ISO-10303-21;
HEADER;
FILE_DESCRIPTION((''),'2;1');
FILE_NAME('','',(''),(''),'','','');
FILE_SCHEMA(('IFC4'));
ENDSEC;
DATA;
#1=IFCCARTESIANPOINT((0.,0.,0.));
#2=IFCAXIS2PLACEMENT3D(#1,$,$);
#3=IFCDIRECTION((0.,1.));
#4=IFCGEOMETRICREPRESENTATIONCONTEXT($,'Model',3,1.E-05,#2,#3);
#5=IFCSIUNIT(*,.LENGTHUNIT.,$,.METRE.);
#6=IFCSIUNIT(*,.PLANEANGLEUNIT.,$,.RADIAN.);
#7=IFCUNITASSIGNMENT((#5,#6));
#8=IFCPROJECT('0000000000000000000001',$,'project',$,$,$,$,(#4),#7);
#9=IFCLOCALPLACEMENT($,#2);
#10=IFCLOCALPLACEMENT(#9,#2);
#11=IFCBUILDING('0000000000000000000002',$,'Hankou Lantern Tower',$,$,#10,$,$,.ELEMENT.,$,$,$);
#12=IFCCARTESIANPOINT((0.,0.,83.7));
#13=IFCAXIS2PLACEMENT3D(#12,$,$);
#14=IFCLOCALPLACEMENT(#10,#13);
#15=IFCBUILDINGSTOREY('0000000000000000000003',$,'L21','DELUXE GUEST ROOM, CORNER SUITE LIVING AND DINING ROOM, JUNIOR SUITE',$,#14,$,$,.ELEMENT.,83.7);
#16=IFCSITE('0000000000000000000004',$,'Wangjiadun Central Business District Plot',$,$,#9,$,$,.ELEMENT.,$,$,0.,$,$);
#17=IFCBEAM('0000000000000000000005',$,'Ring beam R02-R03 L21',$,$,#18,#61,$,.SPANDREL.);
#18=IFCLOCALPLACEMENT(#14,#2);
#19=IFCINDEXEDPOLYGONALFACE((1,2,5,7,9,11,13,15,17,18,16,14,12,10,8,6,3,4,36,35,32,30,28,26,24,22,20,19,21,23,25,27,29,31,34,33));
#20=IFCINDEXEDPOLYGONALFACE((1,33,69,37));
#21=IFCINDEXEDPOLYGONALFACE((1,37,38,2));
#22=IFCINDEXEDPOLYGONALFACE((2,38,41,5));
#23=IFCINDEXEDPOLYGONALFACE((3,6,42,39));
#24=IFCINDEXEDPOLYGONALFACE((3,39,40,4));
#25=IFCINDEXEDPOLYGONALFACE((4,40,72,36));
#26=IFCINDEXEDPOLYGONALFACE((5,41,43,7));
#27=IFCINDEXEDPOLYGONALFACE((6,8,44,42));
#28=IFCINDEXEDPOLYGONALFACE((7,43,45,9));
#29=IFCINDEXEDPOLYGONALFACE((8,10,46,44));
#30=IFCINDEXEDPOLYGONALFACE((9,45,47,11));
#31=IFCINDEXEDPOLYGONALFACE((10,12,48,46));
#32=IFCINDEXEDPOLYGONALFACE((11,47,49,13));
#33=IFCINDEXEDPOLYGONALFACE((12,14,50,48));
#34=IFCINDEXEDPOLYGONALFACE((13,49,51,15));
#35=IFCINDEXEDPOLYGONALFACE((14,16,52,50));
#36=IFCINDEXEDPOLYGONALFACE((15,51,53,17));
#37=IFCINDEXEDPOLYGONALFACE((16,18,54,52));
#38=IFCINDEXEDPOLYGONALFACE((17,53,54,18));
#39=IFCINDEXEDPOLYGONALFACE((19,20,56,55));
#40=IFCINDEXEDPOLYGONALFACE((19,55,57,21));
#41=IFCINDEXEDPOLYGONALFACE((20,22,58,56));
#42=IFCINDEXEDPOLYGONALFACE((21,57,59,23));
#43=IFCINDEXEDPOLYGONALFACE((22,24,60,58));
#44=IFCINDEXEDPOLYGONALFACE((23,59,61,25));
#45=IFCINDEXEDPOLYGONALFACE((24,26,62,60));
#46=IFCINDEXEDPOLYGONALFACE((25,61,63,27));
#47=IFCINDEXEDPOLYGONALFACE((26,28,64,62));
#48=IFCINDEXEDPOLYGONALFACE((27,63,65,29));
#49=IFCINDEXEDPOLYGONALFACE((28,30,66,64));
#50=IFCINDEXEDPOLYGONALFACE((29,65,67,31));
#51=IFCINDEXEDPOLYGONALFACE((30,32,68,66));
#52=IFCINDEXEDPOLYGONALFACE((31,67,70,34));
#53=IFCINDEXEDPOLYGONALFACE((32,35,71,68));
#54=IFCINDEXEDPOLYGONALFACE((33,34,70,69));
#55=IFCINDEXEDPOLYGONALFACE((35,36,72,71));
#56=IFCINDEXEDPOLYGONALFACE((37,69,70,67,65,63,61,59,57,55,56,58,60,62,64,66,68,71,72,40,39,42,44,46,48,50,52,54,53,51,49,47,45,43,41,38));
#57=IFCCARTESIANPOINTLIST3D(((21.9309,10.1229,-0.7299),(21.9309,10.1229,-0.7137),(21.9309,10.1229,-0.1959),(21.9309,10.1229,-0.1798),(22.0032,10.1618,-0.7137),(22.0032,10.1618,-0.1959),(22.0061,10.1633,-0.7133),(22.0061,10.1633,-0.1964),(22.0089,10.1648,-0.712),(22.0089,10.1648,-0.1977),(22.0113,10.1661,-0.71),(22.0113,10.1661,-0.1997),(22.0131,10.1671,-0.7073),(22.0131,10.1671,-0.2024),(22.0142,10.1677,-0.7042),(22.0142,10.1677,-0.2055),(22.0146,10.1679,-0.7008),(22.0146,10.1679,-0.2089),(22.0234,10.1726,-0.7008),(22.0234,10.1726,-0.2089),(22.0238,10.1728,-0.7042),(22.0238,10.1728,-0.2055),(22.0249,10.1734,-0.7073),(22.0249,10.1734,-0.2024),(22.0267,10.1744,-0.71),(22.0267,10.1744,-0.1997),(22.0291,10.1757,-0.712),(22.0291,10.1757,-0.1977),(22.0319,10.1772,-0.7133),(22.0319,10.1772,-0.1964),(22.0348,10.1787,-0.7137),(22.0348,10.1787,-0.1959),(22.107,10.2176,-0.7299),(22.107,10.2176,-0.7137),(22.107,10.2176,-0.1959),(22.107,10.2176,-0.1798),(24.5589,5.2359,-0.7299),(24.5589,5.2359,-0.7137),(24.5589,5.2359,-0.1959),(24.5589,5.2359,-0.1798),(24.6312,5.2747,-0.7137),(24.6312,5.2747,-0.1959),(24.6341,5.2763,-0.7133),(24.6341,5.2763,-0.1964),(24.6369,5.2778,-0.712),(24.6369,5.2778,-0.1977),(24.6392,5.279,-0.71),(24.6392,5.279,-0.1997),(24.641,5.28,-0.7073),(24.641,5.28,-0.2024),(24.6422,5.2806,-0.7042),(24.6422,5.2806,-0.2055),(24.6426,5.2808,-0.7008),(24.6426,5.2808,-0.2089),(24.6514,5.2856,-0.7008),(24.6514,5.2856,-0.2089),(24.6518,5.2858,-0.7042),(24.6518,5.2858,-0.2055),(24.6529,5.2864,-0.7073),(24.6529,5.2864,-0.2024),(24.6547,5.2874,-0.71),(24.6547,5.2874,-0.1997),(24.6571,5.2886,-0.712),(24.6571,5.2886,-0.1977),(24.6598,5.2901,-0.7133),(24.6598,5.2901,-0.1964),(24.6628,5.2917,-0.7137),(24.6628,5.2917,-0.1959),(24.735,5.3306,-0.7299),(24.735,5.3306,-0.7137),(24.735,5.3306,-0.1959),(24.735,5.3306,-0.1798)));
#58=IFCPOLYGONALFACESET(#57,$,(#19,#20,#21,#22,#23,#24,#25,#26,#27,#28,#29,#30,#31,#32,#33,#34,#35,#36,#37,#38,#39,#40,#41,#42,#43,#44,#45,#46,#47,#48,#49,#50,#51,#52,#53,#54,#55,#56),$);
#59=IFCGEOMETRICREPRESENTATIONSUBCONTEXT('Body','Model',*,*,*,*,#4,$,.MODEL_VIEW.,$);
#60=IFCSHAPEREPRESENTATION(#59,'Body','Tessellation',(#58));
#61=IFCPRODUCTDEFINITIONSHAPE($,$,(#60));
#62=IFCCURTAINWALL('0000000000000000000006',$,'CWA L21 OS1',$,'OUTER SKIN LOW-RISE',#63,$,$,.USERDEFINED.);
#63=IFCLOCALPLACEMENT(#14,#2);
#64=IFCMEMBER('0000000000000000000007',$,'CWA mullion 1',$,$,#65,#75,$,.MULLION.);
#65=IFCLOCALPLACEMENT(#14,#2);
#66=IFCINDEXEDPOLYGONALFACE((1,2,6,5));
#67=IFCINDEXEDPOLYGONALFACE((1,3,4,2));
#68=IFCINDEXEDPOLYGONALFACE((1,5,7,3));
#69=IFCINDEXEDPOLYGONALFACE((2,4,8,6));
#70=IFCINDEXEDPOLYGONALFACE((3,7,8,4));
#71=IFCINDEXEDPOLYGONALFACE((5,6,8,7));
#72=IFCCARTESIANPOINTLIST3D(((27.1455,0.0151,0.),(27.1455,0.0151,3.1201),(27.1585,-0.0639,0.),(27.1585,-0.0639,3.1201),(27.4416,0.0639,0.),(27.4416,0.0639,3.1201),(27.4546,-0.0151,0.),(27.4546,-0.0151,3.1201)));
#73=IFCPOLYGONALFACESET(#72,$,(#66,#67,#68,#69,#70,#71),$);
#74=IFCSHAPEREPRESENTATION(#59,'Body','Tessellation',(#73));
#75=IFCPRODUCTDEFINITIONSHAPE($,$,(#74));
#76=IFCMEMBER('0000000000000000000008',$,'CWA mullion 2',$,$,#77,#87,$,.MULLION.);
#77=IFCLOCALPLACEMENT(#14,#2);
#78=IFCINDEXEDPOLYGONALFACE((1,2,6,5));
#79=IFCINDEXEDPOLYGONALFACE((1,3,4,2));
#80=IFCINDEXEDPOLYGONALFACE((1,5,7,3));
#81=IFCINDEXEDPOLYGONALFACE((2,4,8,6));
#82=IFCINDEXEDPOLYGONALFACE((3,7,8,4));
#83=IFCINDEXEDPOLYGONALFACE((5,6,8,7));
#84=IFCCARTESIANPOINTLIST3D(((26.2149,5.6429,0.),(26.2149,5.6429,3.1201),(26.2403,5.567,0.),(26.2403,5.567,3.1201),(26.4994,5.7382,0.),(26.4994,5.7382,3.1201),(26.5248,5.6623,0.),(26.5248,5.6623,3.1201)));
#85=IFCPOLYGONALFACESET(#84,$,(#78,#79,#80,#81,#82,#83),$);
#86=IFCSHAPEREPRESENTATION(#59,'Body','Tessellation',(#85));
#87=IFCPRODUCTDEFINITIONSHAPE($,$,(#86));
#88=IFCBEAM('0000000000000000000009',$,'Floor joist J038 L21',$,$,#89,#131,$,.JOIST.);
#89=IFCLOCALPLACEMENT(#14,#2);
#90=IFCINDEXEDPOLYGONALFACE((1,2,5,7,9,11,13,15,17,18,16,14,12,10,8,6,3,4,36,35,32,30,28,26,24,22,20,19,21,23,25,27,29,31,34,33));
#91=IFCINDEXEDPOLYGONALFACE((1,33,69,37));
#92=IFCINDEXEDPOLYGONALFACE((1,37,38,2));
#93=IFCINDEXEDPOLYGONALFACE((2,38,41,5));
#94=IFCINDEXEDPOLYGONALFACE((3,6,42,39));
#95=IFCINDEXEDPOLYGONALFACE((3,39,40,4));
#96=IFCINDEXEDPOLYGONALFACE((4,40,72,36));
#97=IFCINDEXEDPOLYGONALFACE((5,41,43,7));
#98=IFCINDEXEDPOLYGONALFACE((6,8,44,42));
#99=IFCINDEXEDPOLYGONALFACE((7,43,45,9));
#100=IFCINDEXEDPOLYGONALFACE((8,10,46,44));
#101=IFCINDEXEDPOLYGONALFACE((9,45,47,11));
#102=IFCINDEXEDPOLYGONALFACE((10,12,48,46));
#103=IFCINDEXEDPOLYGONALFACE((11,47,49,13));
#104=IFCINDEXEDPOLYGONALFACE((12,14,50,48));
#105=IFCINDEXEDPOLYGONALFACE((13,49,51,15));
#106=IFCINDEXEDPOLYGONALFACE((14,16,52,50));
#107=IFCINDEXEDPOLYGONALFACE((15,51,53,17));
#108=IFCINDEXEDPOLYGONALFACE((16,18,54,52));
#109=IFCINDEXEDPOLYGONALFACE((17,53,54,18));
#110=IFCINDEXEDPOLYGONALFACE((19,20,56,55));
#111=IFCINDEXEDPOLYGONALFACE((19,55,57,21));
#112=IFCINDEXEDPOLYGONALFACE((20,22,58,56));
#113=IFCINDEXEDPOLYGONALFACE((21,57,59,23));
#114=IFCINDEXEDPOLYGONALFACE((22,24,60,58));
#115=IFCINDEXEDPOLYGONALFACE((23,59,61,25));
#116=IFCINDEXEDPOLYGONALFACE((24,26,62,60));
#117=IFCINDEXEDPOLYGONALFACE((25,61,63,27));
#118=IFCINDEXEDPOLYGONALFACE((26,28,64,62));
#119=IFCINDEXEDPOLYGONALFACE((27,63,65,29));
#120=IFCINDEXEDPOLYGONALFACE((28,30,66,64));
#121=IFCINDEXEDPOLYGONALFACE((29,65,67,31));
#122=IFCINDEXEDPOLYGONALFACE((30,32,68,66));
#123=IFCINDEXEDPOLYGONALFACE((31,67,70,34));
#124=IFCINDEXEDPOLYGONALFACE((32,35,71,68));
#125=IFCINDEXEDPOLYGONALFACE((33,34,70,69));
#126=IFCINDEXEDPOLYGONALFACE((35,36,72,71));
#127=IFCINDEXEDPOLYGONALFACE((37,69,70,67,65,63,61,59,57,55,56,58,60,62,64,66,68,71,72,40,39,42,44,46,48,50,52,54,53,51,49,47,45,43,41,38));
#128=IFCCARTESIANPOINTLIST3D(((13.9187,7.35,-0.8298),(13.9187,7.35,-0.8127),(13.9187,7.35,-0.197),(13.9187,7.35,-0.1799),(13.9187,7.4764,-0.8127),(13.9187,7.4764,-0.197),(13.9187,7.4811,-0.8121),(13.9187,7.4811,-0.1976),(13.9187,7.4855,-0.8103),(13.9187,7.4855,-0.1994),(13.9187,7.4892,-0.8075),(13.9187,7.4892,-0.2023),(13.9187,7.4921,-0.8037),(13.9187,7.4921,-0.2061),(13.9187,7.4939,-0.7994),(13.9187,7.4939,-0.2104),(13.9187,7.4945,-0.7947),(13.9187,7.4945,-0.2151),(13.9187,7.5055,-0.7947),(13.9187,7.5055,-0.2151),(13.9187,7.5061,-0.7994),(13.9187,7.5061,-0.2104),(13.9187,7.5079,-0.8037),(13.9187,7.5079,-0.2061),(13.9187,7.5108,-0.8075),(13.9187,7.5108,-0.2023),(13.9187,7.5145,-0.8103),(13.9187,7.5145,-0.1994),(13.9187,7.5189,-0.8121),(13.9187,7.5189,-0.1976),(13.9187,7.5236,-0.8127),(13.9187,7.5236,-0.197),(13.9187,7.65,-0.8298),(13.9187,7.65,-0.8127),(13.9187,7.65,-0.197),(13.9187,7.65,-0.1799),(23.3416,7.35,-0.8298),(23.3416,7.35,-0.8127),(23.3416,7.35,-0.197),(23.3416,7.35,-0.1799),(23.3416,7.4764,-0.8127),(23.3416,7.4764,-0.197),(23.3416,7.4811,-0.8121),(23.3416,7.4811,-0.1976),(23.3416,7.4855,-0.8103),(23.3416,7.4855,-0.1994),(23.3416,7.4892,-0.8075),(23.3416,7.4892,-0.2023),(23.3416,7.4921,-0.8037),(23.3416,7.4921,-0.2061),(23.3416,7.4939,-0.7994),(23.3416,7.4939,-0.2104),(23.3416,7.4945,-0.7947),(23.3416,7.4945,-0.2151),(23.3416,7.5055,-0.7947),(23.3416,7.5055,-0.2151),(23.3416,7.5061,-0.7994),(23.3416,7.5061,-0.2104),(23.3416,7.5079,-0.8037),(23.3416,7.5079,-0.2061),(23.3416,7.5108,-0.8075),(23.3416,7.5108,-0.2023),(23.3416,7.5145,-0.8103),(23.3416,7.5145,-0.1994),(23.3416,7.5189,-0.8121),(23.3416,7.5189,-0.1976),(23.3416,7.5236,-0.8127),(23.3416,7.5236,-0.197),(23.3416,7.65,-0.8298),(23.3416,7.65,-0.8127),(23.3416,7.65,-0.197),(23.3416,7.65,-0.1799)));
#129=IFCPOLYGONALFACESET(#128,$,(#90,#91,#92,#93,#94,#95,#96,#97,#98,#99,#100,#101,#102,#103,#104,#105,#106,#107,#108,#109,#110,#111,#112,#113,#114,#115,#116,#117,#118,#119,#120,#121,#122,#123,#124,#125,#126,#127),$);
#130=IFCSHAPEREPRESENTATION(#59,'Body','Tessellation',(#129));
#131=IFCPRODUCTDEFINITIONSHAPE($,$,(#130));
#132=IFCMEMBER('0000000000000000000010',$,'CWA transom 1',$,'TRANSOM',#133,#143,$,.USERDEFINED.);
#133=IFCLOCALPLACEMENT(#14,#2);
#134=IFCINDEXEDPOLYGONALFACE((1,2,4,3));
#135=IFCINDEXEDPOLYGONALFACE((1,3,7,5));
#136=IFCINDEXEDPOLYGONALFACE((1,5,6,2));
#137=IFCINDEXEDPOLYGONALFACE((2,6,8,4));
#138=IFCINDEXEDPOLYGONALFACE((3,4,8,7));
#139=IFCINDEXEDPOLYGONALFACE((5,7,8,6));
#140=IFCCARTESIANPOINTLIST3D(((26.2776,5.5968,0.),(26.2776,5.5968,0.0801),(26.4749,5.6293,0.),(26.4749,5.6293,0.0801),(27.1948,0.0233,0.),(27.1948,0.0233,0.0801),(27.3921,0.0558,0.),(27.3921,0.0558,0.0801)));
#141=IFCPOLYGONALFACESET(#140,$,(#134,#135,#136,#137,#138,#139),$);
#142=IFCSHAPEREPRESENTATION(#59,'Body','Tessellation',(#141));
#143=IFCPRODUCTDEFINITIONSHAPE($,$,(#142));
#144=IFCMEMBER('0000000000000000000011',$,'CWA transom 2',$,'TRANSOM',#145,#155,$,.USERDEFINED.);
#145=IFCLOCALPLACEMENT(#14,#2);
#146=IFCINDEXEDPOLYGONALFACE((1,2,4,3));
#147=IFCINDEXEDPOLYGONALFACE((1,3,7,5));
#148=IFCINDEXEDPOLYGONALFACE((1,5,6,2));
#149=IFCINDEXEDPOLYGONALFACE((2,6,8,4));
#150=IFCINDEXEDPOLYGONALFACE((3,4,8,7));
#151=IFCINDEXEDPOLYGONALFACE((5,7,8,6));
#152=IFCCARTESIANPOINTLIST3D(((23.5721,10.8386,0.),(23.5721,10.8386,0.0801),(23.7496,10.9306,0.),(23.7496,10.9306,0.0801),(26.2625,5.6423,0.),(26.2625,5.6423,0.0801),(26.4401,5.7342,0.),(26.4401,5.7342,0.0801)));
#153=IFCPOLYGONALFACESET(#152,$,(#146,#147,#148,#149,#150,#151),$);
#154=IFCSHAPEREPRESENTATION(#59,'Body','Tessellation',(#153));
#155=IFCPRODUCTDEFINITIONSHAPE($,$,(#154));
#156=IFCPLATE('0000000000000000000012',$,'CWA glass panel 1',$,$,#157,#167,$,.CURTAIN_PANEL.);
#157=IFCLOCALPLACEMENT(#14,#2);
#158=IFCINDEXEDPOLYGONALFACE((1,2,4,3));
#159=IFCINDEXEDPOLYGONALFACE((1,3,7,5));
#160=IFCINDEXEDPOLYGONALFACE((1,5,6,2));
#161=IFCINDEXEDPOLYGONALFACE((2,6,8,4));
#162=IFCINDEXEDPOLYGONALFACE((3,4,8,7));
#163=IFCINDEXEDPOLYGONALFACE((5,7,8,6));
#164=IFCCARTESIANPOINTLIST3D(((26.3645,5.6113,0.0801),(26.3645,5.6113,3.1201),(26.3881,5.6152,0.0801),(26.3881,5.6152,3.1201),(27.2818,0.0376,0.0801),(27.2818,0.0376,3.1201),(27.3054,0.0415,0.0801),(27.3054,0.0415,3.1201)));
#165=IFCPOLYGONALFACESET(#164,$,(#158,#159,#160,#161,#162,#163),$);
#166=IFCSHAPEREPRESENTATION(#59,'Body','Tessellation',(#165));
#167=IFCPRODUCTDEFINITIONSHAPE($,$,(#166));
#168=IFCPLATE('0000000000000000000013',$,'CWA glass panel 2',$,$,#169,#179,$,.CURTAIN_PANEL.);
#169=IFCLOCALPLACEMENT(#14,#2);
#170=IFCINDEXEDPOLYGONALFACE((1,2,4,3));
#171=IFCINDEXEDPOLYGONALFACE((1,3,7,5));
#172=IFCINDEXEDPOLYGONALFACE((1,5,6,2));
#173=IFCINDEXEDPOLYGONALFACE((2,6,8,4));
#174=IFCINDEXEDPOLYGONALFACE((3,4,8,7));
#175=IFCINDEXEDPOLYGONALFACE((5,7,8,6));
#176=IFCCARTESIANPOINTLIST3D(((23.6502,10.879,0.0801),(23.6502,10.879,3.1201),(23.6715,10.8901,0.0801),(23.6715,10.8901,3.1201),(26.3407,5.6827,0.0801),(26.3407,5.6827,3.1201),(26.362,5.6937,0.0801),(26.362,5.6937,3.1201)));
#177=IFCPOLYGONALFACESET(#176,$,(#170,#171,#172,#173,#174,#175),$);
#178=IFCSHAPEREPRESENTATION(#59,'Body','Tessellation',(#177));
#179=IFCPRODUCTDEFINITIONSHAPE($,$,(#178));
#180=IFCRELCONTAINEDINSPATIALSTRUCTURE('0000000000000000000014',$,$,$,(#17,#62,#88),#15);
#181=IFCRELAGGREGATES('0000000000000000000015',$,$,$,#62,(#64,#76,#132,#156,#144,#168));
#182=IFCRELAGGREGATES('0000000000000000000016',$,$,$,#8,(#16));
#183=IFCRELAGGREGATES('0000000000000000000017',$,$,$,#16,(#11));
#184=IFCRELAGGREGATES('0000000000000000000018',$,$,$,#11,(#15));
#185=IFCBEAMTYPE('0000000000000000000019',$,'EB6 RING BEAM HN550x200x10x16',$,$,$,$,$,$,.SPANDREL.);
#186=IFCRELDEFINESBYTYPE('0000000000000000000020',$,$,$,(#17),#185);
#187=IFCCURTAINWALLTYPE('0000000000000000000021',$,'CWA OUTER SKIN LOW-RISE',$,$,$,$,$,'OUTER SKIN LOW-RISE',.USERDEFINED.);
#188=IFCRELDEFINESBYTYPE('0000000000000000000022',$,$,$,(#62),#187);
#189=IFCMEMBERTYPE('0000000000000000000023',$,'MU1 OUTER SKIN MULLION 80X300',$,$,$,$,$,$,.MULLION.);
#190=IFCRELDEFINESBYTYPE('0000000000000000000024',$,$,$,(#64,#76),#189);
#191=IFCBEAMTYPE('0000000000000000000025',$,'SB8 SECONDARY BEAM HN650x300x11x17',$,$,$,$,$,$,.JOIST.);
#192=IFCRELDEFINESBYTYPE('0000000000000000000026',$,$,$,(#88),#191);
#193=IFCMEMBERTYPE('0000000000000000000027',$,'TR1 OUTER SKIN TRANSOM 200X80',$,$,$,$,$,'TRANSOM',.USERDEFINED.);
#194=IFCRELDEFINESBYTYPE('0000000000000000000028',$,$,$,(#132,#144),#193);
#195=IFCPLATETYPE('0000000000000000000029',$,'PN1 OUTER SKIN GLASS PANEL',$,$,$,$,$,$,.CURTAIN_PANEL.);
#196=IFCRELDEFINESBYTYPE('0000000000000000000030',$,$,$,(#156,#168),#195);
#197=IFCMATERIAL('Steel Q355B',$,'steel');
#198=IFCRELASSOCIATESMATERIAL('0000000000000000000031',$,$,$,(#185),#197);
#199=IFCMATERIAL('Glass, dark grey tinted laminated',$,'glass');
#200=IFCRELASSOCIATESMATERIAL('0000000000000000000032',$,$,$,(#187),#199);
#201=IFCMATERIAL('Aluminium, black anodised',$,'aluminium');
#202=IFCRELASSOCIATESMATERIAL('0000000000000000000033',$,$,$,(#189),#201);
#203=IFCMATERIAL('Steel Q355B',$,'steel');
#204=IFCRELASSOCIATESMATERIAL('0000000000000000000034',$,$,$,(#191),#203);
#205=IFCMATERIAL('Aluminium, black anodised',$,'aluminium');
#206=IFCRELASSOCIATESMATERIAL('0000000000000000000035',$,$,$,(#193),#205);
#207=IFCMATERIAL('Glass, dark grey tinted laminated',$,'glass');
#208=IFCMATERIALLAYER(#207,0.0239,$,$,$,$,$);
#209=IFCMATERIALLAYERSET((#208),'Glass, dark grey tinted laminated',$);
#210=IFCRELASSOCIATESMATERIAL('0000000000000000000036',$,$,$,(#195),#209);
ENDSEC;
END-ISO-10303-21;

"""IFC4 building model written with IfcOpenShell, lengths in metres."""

from ifc_helpers import new_model, si_unit, direction, frame, origin, origin_2d, place, context, subcontext, project, spatial, rectangle, i_section, extrude, material, layer, layer_set, material_profile, profile_set, type_object, element, aggregate, save


model = new_model("IFC4")

# Units and contexts
model_context = context("Model", 3, precision=1e-05, world=origin(), true_north=direction((0.0, 1.0)))
body_context = subcontext(model_context, "Body", "Model", "MODEL_VIEW")
ifc_project = project(units=[si_unit("LENGTHUNIT", "METRE"), si_unit("PLANEANGLEUNIT", "RADIAN")], contexts=[model_context])

# Site, building, storey
site_placement = place(None, origin())
site = spatial("IfcSite", under=ifc_project, at=site_placement, Name="Wangjiadun Central Business District Plot", CompositionType="ELEMENT", RefElevation=0.0)
building_placement = place(site_placement, origin())
building = spatial("IfcBuilding", under=site, at=building_placement, Name="Hankou Lantern Tower", CompositionType="ELEMENT")
storey_placement = place(building_placement, frame((0.0, 0.0, 83.7)))
storey = spatial("IfcBuildingStorey", under=building, at=storey_placement, Name="L21", Description="DELUXE GUEST ROOM, CORNER SUITE LIVING AND DINING ROOM, JUNIOR SUITE", CompositionType="ELEMENT", Elevation=83.7)

# Beam
ifc_material_1 = material(Name="Steel Q355B", Category="steel")
ifc_material_profile_1 = material_profile(ifc_material_1, i_section(OverallWidth=0.2, OverallDepth=0.55, WebThickness=0.01, FlangeThickness=0.0161, FilletRadius=0.0129, at=origin_2d()), Name="HN550x200x10x16")
ifc_profile_set_1 = profile_set([ifc_material_profile_1], Name="Steel Q355B")
beam_type_1 = type_object("IfcBeamType", Name="EB6 RING BEAM HN550x200x10x16", PredefinedType="SPANDREL", material=ifc_profile_set_1)
beam_1_placement = place(storey_placement, frame((24.647, 5.2832, -0.4548), z_axis=(-0.473609, 0.880735, 0.0), x_axis=(-0.880735, -0.473609, 0.0)))
element("IfcBeam", 1, at=beam_1_placement, inside=storey, type_object=beam_type_1, Name="Ring beam R02-R03 L21", PredefinedType="SPANDREL", context=body_context, shape_type="SweptSolid", body=[
    extrude(i_section(OverallWidth=0.2, OverallDepth=0.55, WebThickness=0.01, FlangeThickness=0.0161, FilletRadius=0.0129, at=origin_2d()), origin(), (0.0, 0.0, 1.0), 5.5488),
])

# Curtain wall, members
ifc_material_2 = material(Name="Glass, dark grey tinted laminated", Category="glass")
curtain_wall_type = type_object("IfcCurtainWallType", Name="CWA OUTER SKIN LOW-RISE", ElementType="OUTER SKIN LOW-RISE", PredefinedType="USERDEFINED", material=ifc_material_2)
curtain_wall_placement = place(storey_placement, origin())
curtain_wall = element("IfcCurtainWall", 2, at=curtain_wall_placement, inside=storey, type_object=curtain_wall_type, Name="CWA L21 OS1", ObjectType="OUTER SKIN LOW-RISE", PredefinedType="USERDEFINED")
ifc_material_3 = material(Name="Aluminium, black anodised", Category="aluminium")
ifc_material_profile_2 = material_profile(ifc_material_3, rectangle(XDim=0.0801, YDim=0.3, at=origin_2d()), Name="MU1 80X300")
ifc_profile_set_2 = profile_set([ifc_material_profile_2], Name="Aluminium, black anodised")
member_type_1 = type_object("IfcMemberType", Name="MU1 OUTER SKIN MULLION 80X300", PredefinedType="MULLION", material=ifc_profile_set_2)
member_1_placement = place(storey_placement, frame((27.3, 0.0, 0.0), z_axis=(0.0, 0.0, 1.0), x_axis=(-0.162382, 0.986728, 0.0)))
member_1 = element("IfcMember", 3, at=member_1_placement, type_object=member_type_1, Name="CWA mullion 1", PredefinedType="MULLION", context=body_context, shape_type="SweptSolid", body=[
    extrude(rectangle(XDim=0.0801, YDim=0.3, at=origin_2d()), origin(), (0.0, 0.0, 1.0), 3.1201),
])
member_2_placement = place(storey_placement, frame((26.3699, 5.6526, 0.0), z_axis=(0.0, 0.0, 1.0), x_axis=(-0.317596, 0.948226, 0.0)))
member_2 = element("IfcMember", 4, at=member_2_placement, type_object=member_type_1, Name="CWA mullion 2", PredefinedType="MULLION", context=body_context, shape_type="SweptSolid", body=[
    extrude(rectangle(XDim=0.0801, YDim=0.3, at=origin_2d()), origin(), (0.0, 0.0, 1.0), 3.1201),
])

# Beam
ifc_material_4 = material(Name="Steel Q355B", Category="steel")
ifc_material_profile_3 = material_profile(ifc_material_4, i_section(OverallWidth=0.3, OverallDepth=0.6499, WebThickness=0.011, FlangeThickness=0.0171, FilletRadius=0.0181, at=origin_2d()), Name="HN650x300x11x17")
ifc_profile_set_3 = profile_set([ifc_material_profile_3], Name="Steel Q355B")
beam_type_2 = type_object("IfcBeamType", Name="SB8 SECONDARY BEAM HN650x300x11x17", PredefinedType="JOIST", material=ifc_profile_set_3)
beam_2_placement = place(storey_placement, frame((13.9187, 7.5, -0.5049), z_axis=(1.0, 0.0, 0.0), x_axis=(0.0, 1.0, 0.0)))
element("IfcBeam", 5, at=beam_2_placement, inside=storey, type_object=beam_type_2, Name="Floor joist J038 L21", PredefinedType="JOIST", context=body_context, shape_type="SweptSolid", body=[
    extrude(i_section(OverallWidth=0.3, OverallDepth=0.6499, WebThickness=0.011, FlangeThickness=0.0171, FilletRadius=0.0181, at=origin_2d()), origin(), (0.0, 0.0, 1.0), 9.4229),
])

# Members
ifc_material_5 = material(Name="Aluminium, black anodised", Category="aluminium")
ifc_material_profile_4 = material_profile(ifc_material_5, rectangle(XDim=0.2, YDim=0.0801, at=origin_2d()), Name="TR1 200X80")
ifc_profile_set_4 = profile_set([ifc_material_profile_4], Name="Aluminium, black anodised")
member_type_2 = type_object("IfcMemberType", Name="TR1 OUTER SKIN TRANSOM 200X80", ElementType="TRANSOM", PredefinedType="USERDEFINED", material=ifc_profile_set_4)
member_3_placement = place(storey_placement, frame((27.2935, 0.0396, 0.04), z_axis=(-0.162387, 0.986727, 0.0), x_axis=(-0.986727, -0.162387, 0.0)))
member_3 = element("IfcMember", 6, at=member_3_placement, type_object=member_type_2, Name="CWA transom 1", ObjectType="TRANSOM", PredefinedType="USERDEFINED", context=body_context, shape_type="SweptSolid", body=[
    extrude(rectangle(XDim=0.2, YDim=0.0801, at=origin_2d()), origin(), (0.0, 0.0, 1.0), 5.6484),
])
member_4_placement = place(storey_placement, frame((26.3513, 5.6882, 0.04), z_axis=(-0.459786, 0.88803, 0.0), x_axis=(-0.88803, -0.459786, 0.0)))
member_4 = element("IfcMember", 7, at=member_4_placement, type_object=member_type_2, Name="CWA transom 2", ObjectType="TRANSOM", PredefinedType="USERDEFINED", context=body_context, shape_type="SweptSolid", body=[
    extrude(rectangle(XDim=0.2, YDim=0.0801, at=origin_2d()), origin(), (0.0, 0.0, 1.0), 5.8516),
])

# Plates
ifc_material_6 = material(Name="Glass, dark grey tinted laminated", Category="glass")
ifc_layer_1 = layer(ifc_material_6, 0.0239)
ifc_layer_set_1 = layer_set([ifc_layer_1], Name="Glass, dark grey tinted laminated")
plate_type = type_object("IfcPlateType", Name="PN1 OUTER SKIN GLASS PANEL", PredefinedType="CURTAIN_PANEL", material=ifc_layer_set_1)
plate_1_placement = place(storey_placement, frame((26.835, 2.8264, 0.0801), z_axis=(0.0, 0.0, 1.0), x_axis=(-0.162382, 0.986728, 0.0)))
plate_1 = element("IfcPlate", 8, at=plate_1_placement, type_object=plate_type, Name="CWA glass panel 1", PredefinedType="CURTAIN_PANEL", context=body_context, shape_type="SweptSolid", body=[
    extrude(rectangle(XDim=5.6487, YDim=0.0239, at=origin_2d()), origin(), (0.0, 0.0, 1.0), 3.04),
])
plate_2_placement = place(storey_placement, frame((25.0061, 8.2864, 0.0801), z_axis=(0.0, 0.0, 1.0), x_axis=(-0.459791, 0.888027, 0.0)))
plate_2 = element("IfcPlate", 9, at=plate_2_placement, type_object=plate_type, Name="CWA glass panel 2", PredefinedType="CURTAIN_PANEL", context=body_context, shape_type="SweptSolid", body=[
    extrude(rectangle(XDim=5.8516, YDim=0.0239, at=origin_2d()), origin(), (0.0, 0.0, 1.0), 3.04),
])
aggregate(curtain_wall, [member_1, member_2, member_3, plate_1, member_4, plate_2])

save(model, "model.ifc")
